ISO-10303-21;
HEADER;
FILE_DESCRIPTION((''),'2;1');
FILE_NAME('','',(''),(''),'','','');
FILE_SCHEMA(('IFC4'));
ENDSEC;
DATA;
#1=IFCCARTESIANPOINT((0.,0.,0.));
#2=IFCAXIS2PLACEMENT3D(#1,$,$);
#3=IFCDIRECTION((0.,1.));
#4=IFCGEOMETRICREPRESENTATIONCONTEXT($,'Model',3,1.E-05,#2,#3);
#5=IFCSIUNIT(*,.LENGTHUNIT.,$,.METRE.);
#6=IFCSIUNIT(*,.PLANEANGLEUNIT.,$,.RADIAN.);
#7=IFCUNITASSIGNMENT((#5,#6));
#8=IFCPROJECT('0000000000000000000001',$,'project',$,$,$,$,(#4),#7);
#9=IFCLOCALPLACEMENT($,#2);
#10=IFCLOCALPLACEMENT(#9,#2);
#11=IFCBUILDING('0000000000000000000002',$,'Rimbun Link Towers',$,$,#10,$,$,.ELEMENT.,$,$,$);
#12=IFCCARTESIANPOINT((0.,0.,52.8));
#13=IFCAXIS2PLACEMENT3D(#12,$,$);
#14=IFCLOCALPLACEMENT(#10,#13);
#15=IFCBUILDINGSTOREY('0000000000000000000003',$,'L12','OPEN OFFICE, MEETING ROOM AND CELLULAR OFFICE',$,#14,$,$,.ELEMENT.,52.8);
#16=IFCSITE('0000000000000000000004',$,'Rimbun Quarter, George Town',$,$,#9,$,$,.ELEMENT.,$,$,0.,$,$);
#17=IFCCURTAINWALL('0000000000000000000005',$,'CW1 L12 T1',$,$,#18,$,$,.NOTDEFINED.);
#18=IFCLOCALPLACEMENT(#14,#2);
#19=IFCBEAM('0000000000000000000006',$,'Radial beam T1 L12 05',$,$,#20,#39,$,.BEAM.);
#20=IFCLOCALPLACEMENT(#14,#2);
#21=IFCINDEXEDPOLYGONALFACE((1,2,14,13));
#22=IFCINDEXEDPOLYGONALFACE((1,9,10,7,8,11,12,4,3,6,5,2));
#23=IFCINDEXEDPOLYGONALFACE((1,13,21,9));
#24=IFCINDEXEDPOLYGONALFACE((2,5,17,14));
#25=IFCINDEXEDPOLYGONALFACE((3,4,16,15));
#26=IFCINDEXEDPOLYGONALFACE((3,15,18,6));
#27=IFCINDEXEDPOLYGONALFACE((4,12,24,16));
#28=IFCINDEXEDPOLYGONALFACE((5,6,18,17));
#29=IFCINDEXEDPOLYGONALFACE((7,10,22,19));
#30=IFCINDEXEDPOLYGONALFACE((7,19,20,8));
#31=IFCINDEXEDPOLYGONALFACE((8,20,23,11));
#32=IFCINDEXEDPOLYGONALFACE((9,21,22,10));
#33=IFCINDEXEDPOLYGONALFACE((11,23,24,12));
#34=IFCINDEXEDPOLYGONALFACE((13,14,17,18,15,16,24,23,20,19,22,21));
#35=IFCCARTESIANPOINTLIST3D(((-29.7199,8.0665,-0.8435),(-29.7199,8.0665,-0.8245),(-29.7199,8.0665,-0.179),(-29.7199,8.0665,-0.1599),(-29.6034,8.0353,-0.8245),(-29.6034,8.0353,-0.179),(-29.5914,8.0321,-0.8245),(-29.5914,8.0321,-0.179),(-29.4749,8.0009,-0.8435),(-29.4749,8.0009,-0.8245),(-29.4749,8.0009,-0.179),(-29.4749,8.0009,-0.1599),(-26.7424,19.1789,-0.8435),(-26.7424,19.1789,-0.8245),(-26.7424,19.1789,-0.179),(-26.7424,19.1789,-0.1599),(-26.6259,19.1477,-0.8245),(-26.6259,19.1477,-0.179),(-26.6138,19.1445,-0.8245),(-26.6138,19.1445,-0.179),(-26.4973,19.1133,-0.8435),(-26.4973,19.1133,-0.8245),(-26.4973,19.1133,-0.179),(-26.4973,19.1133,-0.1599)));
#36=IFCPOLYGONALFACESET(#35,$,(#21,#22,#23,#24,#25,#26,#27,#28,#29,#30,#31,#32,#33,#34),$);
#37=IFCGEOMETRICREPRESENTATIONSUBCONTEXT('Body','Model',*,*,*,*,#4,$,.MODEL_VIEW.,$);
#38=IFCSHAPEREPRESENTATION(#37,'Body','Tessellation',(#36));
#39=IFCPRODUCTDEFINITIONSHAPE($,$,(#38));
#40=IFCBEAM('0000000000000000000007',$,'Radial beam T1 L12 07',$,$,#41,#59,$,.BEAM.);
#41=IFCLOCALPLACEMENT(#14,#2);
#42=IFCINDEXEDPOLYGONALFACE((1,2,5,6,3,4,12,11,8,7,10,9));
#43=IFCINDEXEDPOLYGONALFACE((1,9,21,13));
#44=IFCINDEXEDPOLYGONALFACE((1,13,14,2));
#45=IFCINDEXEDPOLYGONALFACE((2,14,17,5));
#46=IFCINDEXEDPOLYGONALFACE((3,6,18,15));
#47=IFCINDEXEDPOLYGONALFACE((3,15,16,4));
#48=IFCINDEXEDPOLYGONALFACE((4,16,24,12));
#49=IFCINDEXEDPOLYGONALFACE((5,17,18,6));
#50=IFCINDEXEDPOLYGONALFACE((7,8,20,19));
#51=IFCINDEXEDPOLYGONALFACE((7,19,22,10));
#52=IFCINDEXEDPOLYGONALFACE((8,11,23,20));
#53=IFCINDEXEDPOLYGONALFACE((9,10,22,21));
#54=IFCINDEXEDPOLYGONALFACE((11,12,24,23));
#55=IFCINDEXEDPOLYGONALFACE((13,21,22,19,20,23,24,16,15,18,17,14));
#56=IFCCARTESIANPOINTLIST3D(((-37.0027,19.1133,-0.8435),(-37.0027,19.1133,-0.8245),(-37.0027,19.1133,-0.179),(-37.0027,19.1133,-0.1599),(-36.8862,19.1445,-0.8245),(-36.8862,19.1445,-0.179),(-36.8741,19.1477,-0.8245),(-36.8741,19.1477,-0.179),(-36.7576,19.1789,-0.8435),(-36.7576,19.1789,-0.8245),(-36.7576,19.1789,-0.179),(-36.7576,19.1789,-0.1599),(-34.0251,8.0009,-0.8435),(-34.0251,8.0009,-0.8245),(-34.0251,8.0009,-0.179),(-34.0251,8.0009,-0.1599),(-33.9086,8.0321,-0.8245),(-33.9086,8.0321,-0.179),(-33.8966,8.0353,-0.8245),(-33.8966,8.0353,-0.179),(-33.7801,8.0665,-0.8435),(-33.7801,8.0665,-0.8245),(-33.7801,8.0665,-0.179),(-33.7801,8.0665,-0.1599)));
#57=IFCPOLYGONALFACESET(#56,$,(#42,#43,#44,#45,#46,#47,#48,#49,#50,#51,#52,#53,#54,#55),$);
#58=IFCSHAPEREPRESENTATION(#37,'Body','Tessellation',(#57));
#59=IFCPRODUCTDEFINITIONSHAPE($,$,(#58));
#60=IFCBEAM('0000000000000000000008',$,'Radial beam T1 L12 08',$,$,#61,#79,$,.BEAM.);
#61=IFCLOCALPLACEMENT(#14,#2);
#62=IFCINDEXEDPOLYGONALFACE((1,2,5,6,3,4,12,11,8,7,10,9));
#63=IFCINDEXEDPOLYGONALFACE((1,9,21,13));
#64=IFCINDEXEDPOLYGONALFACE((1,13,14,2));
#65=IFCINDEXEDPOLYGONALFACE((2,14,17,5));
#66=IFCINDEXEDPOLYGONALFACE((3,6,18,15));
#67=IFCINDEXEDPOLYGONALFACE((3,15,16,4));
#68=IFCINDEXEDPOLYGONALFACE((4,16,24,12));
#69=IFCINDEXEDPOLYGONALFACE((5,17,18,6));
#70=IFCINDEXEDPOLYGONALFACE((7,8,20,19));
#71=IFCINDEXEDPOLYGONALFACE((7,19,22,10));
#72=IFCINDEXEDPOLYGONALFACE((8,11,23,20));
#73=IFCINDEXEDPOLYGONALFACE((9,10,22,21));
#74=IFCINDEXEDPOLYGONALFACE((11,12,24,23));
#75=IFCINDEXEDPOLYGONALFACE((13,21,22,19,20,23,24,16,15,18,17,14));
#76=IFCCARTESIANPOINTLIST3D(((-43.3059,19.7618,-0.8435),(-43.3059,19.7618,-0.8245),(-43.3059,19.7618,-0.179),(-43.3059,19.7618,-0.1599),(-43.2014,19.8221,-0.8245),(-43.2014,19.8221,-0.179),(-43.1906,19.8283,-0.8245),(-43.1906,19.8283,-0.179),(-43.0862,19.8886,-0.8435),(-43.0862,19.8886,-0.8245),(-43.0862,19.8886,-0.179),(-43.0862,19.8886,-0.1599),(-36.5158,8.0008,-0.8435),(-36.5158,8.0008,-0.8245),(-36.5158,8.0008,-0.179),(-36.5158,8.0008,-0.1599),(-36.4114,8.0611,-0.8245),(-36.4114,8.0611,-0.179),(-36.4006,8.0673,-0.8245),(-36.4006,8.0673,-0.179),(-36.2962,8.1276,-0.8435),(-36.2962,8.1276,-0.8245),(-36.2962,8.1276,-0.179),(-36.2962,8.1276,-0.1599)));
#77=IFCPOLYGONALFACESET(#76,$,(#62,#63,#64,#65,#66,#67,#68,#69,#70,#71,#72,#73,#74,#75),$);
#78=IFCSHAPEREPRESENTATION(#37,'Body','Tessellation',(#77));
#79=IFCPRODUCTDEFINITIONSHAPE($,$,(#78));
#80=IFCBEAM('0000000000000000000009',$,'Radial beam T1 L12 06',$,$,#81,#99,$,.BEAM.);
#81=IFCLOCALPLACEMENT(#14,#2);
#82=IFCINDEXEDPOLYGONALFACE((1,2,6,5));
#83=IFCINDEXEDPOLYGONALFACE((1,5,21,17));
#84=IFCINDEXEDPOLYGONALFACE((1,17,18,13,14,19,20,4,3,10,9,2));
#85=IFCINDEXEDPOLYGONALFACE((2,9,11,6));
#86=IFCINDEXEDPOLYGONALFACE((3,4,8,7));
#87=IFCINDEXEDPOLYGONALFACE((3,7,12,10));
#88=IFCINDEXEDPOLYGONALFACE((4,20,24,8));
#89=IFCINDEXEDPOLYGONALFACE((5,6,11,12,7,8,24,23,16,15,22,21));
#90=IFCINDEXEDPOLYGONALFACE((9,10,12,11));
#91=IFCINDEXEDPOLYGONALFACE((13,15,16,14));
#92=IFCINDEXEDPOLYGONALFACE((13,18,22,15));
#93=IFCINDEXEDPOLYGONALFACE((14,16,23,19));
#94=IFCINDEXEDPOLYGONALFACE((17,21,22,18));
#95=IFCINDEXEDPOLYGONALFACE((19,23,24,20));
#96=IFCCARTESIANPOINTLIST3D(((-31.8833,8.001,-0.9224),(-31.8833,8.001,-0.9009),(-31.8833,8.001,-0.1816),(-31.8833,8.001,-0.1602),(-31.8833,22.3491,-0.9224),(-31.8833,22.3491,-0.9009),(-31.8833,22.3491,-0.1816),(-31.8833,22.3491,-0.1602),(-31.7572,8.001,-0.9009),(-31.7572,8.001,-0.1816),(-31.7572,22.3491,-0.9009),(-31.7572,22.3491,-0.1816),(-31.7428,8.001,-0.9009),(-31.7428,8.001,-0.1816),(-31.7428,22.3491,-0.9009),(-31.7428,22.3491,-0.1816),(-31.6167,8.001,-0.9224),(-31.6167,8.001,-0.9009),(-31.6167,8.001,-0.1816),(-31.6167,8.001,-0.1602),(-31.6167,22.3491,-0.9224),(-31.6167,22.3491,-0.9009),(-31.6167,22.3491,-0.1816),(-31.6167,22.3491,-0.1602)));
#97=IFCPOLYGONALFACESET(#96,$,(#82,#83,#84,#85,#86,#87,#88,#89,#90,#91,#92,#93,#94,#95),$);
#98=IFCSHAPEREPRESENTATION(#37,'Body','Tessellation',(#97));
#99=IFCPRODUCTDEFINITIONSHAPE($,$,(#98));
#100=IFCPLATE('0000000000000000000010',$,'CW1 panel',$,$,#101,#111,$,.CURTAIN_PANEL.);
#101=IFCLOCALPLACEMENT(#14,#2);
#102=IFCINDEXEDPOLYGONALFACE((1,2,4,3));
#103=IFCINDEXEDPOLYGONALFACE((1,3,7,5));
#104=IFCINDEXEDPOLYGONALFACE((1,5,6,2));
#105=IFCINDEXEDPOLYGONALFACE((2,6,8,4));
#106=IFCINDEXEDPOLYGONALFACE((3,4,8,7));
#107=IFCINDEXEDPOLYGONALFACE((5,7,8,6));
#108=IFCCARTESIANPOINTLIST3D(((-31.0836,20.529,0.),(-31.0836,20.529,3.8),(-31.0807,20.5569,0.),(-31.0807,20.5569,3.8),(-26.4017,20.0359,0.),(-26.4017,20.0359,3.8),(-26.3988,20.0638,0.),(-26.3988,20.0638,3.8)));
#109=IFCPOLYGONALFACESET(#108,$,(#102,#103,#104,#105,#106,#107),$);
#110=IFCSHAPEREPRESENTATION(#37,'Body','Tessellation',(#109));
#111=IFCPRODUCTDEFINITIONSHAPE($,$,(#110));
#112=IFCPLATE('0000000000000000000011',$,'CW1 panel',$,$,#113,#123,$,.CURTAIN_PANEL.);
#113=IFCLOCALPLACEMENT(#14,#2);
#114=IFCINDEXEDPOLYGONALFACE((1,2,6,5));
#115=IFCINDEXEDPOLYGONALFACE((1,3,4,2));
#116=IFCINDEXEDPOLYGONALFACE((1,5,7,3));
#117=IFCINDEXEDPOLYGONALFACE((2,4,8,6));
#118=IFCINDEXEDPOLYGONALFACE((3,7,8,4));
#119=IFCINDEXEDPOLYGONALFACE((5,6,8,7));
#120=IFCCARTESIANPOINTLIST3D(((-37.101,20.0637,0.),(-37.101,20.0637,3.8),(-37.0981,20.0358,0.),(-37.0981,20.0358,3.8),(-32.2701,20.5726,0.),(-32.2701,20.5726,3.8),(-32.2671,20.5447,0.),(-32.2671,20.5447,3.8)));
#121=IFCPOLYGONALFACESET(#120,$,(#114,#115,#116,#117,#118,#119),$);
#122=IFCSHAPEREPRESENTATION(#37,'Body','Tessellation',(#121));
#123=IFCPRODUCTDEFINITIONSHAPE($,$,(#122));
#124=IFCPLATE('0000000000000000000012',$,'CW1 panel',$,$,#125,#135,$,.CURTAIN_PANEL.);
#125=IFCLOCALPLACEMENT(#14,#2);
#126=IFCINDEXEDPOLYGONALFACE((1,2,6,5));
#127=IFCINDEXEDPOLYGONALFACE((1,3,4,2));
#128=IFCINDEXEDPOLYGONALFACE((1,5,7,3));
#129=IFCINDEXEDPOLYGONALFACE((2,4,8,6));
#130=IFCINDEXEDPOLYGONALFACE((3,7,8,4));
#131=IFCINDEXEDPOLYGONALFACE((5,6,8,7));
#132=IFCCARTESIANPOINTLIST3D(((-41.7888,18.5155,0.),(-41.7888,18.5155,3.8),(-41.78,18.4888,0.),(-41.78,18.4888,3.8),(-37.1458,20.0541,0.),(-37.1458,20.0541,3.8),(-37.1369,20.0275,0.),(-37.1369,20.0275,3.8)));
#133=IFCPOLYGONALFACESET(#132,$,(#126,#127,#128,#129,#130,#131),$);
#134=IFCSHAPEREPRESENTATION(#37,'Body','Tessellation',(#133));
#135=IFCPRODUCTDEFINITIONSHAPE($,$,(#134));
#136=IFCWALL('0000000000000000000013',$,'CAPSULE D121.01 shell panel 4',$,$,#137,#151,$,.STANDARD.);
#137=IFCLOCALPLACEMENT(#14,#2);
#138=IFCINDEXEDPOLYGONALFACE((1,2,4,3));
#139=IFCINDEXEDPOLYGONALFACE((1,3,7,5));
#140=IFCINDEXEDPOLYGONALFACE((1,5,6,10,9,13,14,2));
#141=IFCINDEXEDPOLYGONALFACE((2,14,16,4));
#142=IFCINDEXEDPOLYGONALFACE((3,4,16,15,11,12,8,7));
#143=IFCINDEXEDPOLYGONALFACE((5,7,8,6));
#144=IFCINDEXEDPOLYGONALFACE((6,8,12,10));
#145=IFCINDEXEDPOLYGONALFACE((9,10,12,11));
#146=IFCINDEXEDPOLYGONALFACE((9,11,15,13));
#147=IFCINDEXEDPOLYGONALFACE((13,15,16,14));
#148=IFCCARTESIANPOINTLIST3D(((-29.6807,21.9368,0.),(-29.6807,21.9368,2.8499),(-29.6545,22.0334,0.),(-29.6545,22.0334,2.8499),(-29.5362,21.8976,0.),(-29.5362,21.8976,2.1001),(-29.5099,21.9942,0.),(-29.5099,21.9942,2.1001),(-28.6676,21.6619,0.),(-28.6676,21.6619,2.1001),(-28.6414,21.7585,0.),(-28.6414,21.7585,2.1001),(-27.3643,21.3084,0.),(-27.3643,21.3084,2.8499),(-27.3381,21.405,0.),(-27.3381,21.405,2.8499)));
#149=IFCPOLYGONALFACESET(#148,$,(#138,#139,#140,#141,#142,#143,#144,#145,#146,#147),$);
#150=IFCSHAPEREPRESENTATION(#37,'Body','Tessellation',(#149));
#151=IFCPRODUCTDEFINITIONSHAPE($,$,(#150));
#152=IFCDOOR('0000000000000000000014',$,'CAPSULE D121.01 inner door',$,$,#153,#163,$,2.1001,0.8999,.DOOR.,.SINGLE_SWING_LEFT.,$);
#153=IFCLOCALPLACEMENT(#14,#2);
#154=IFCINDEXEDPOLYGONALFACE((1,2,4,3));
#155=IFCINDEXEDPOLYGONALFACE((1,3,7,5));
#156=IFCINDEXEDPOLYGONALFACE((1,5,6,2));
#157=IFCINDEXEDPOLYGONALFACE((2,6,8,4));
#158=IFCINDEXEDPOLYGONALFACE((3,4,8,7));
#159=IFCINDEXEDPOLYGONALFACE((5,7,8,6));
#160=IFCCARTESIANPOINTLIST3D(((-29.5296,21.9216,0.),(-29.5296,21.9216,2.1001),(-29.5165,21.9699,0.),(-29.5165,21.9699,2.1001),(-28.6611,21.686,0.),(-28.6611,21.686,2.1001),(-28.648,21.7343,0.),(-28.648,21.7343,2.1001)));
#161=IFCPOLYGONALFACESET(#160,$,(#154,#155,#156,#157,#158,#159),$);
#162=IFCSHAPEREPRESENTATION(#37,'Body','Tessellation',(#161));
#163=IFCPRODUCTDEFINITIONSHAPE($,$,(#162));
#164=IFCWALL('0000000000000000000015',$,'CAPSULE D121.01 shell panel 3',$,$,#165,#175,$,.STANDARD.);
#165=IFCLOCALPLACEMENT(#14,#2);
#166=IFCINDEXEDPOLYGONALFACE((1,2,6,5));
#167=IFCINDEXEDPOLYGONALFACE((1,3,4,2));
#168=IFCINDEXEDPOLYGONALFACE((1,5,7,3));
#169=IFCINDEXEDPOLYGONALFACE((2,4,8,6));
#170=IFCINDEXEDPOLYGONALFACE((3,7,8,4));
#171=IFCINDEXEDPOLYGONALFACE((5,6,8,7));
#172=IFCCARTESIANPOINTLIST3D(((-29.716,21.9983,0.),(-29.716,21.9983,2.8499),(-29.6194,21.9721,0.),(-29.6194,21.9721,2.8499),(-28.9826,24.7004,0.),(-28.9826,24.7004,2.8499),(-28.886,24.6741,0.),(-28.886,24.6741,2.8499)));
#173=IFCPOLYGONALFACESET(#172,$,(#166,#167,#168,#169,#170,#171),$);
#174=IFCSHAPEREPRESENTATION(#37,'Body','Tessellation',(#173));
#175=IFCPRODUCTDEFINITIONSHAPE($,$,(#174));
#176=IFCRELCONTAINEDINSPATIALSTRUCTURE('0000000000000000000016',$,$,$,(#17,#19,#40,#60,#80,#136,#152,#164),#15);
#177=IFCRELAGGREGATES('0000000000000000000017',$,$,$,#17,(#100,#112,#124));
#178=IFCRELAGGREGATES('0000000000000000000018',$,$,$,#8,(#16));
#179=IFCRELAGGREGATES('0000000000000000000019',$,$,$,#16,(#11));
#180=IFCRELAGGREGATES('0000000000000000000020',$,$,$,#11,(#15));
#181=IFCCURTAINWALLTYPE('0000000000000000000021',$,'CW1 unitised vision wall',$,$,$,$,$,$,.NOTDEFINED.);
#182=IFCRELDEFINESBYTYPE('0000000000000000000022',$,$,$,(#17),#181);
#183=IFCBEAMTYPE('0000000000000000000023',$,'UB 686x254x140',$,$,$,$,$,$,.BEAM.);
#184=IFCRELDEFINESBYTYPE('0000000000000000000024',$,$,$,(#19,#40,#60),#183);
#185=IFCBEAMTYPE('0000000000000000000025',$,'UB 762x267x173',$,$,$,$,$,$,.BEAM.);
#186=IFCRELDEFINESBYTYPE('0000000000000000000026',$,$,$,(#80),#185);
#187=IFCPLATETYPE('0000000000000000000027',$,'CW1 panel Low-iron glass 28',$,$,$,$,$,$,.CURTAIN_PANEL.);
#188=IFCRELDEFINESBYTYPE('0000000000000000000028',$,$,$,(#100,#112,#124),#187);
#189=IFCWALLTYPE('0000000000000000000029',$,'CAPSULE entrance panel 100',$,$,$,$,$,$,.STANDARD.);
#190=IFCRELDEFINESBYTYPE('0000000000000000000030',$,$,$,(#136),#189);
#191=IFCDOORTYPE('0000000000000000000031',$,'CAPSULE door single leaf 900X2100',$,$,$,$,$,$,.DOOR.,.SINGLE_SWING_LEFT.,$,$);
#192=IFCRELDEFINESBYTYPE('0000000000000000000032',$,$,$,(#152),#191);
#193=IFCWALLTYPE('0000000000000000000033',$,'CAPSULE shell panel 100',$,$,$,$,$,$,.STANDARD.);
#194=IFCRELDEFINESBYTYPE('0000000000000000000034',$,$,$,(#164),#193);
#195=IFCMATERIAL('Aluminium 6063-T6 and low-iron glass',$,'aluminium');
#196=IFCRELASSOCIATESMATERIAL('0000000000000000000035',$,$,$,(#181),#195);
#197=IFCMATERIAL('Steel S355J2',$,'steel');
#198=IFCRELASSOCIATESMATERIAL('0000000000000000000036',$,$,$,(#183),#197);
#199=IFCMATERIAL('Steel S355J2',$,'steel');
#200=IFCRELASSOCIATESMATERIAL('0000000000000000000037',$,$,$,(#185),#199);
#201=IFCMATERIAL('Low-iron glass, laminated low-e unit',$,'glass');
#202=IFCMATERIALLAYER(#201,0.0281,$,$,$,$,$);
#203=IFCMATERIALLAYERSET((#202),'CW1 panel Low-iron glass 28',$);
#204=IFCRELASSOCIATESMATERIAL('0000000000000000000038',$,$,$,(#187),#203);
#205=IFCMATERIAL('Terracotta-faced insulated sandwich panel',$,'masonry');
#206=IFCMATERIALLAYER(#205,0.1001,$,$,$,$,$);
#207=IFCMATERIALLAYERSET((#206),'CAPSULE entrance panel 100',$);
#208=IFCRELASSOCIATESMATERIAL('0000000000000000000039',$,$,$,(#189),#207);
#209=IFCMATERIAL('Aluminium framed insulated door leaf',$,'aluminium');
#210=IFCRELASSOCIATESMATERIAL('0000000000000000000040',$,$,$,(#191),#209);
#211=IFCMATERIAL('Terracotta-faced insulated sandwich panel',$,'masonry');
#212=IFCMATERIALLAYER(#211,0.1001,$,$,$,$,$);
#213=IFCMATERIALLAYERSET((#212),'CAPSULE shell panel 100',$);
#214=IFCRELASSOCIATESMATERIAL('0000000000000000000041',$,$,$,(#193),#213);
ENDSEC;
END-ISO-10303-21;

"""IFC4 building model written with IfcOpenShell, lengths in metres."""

from ifc_helpers import new_model, si_unit, direction, frame, frame_2d, origin, origin_2d, place, context, subcontext, project, spatial, rectangle, i_section, extrude, material, layer, layer_set, material_profile, profile_set, type_object, element, fill, aggregate, save


model = new_model("IFC4")

# Units and contexts
model_context = context("Model", 3, precision=1e-05, world=origin(), true_north=direction((0.0, 1.0)))
body_context = subcontext(model_context, "Body", "Model", "MODEL_VIEW")
ifc_project = project(units=[si_unit("LENGTHUNIT", "METRE"), si_unit("PLANEANGLEUNIT", "RADIAN")], contexts=[model_context])

# Site, building, storey
site_placement = place(None, origin())
site = spatial("IfcSite", under=ifc_project, at=site_placement, Name="Rimbun Quarter, George Town", CompositionType="ELEMENT", RefElevation=0.0)
building_placement = place(site_placement, origin())
building = spatial("IfcBuilding", under=site, at=building_placement, Name="Rimbun Link Towers", CompositionType="ELEMENT")
storey_placement = place(building_placement, frame((0.0, 0.0, 52.8)))
storey = spatial("IfcBuildingStorey", under=building, at=storey_placement, Name="L12", Description="OPEN OFFICE, MEETING ROOM AND CELLULAR OFFICE", CompositionType="ELEMENT", Elevation=52.8)

# Curtain wall
ifc_material_1 = material(Name="Aluminium 6063-T6 and low-iron glass", Category="aluminium")
curtain_wall_type = type_object("IfcCurtainWallType", Name="CW1 unitised vision wall", PredefinedType="NOTDEFINED", material=ifc_material_1)
curtain_wall_placement = place(storey_placement, origin())
curtain_wall = element("IfcCurtainWall", 1, at=curtain_wall_placement, inside=storey, type_object=curtain_wall_type, Name="CW1 L12 T1", PredefinedType="NOTDEFINED")

# Beams
ifc_material_2 = material(Name="Steel S355J2", Category="steel")
ifc_material_profile_1 = material_profile(ifc_material_2, i_section(OverallWidth=0.2537, OverallDepth=0.6836, WebThickness=0.0125, FlangeThickness=0.019, at=origin_2d()), Name="UB 686x254x140")
ifc_profile_set_1 = profile_set([ifc_material_profile_1], Name="Steel S355J2")
beam_type_1 = type_object("IfcBeamType", Name="UB 686x254x140", PredefinedType="BEAM", material=ifc_profile_set_1)
for number, where, z_axis, x_axis, name in (
    (2, (-29.5974, 8.0337, -0.5017), (0.25882, 0.965926, 0.0), (-0.965926, 0.25882, 0.0), "Radial beam T1 L12 05"),
    (3, (-33.9026, 8.0337, -0.5017), (-0.25882, 0.965926, 0.0), (-0.965926, -0.25882, 0.0), "Radial beam T1 L12 07"),
):
    element("IfcBeam", number, at=place(storey_placement, frame(where, z_axis=z_axis, x_axis=x_axis)), inside=storey, type_object=beam_type_1, Name=name, PredefinedType="BEAM", context=body_context, shape_type="SweptSolid", body=[
        extrude(i_section(OverallWidth=0.2537, OverallDepth=0.6836, WebThickness=0.0125, FlangeThickness=0.019, at=origin_2d()), origin(), (0.0, 0.0, 1.0), 11.5044),
    ])
beam_1_placement = place(storey_placement, frame((-36.406, 8.0642, -0.5017), z_axis=(-0.499991, 0.866031, 0.0), x_axis=(-0.866031, -0.499991, 0.0)))
element("IfcBeam", 4, at=beam_1_placement, inside=storey, type_object=beam_type_1, Name="Radial beam T1 L12 08", PredefinedType="BEAM", context=body_context, shape_type="SweptSolid", body=[
    extrude(i_section(OverallWidth=0.2537, OverallDepth=0.6836, WebThickness=0.0125, FlangeThickness=0.019, at=origin_2d()), origin(), (0.0, 0.0, 1.0), 13.5803),
])
ifc_material_3 = material(Name="Steel S355J2", Category="steel")
ifc_material_profile_2 = material_profile(ifc_material_3, i_section(OverallWidth=0.2666, OverallDepth=0.7622, WebThickness=0.0144, FlangeThickness=0.0215, at=origin_2d()), Name="UB 762x267x173")
ifc_profile_set_2 = profile_set([ifc_material_profile_2], Name="Steel S355J2")
beam_type_2 = type_object("IfcBeamType", Name="UB 762x267x173", PredefinedType="BEAM", material=ifc_profile_set_2)
beam_2_placement = place(storey_placement, frame((-31.75, 8.001, -0.5413), z_axis=(0.0, 1.0, 0.0), x_axis=(-1.0, 0.0, 0.0)))
element("IfcBeam", 5, at=beam_2_placement, inside=storey, type_object=beam_type_2, Name="Radial beam T1 L12 06", PredefinedType="BEAM", context=body_context, shape_type="SweptSolid", body=[
    extrude(i_section(OverallWidth=0.2666, OverallDepth=0.7622, WebThickness=0.0144, FlangeThickness=0.0215, at=origin_2d()), origin(), (0.0, 0.0, 1.0), 14.3481),
])

# Plates
ifc_material_4 = material(Name="Low-iron glass, laminated low-e unit", Category="glass")
ifc_layer_1 = layer(ifc_material_4, 0.0281)
ifc_layer_set_1 = layer_set([ifc_layer_1], Name="CW1 panel Low-iron glass 28")
plate_type = type_object("IfcPlateType", Name="CW1 panel Low-iron glass 28", PredefinedType="CURTAIN_PANEL", material=ifc_layer_set_1)
plate_1_placement = place(storey_placement, frame((-28.7412, 20.2964, 0.0), z_axis=(0.0, 0.0, 1.0), x_axis=(0.994499, -0.104748, 0.0)))
plate_1 = element("IfcPlate", 6, at=plate_1_placement, type_object=plate_type, Name="CW1 panel", PredefinedType="CURTAIN_PANEL", context=body_context, shape_type="SweptSolid", body=[
    extrude(rectangle(XDim=4.7078, YDim=0.0281, at=origin_2d()), origin(), (0.0, 0.0, 1.0), 3.8),
])
plate_2_placement = place(storey_placement, frame((-34.6841, 20.3042, 0.0), z_axis=(0.0, 0.0, 1.0), x_axis=(0.994499, 0.104748, 0.0)))
plate_2 = element("IfcPlate", 7, at=plate_2_placement, type_object=plate_type, Name="CW1 panel", PredefinedType="CURTAIN_PANEL", context=body_context, shape_type="SweptSolid", body=[
    extrude(rectangle(XDim=4.8577, YDim=0.0281, at=origin_2d()), origin(), (0.0, 0.0, 1.0), 3.8),
])
plate_3_placement = place(storey_placement, frame((-39.4629, 19.2715, 0.0), z_axis=(0.0, 0.0, 1.0), x_axis=(0.949236, 0.314563, 0.0)))
plate_3 = element("IfcPlate", 8, at=plate_3_placement, type_object=plate_type, Name="CW1 panel", PredefinedType="CURTAIN_PANEL", context=body_context, shape_type="SweptSolid", body=[
    extrude(rectangle(XDim=4.8914, YDim=0.0281, at=origin_2d()), origin(), (0.0, 0.0, 1.0), 3.8),
])
aggregate(curtain_wall, [plate_1, plate_2, plate_3])

# Wall, opening, door
ifc_material_5 = material(Name="Terracotta-faced insulated sandwich panel", Category="masonry")
ifc_layer_2 = layer(ifc_material_5, 0.1001)
ifc_layer_set_2 = layer_set([ifc_layer_2], Name="CAPSULE entrance panel 100")
wall_type_1 = type_object("IfcWallType", Name="CAPSULE entrance panel 100", PredefinedType="STANDARD", material=ifc_layer_set_2)
wall_1_placement = place(storey_placement, frame((-29.6677, 21.9851, 0.0), z_axis=(0.0, 0.0, 1.0), x_axis=(0.965115, -0.261826, 0.0)))
wall_1 = element("IfcWall", 9, at=wall_1_placement, inside=storey, type_object=wall_type_1, Name="CAPSULE D121.01 shell panel 4", PredefinedType="STANDARD", context=body_context, shape_type="SweptSolid", body=[
    extrude(rectangle(XDim=2.4001, YDim=0.1001, at=frame_2d((1.2002, 0.0))), origin(), (0.0, 0.0, 1.0), 2.8499),
])
opening_1_placement = place(wall_1_placement, frame((0.1499, 0.0, 0.0)))
opening_1 = element("IfcOpeningElement", 10, at=opening_1_placement, cuts=wall_1, PredefinedType="OPENING", context=body_context, shape_type="SweptSolid", body=[
    extrude(rectangle(XDim=0.8999, YDim=2.1001, at=frame_2d((0.45, 1.05))), frame((0.0, 0.0601, 0.0), z_axis=(0.0, -1.0, 0.0), x_axis=(1.0, 0.0, 0.0)), (0.0, 0.0, 1.0), 0.1201),
])
ifc_material_6 = material(Name="Aluminium framed insulated door leaf", Category="aluminium")
door_type_1 = type_object("IfcDoorType", Name="CAPSULE door single leaf 900X2100", OperationType="SINGLE_SWING_LEFT", PredefinedType="DOOR", material=ifc_material_6)
door_1_placement = place(opening_1_placement, origin())
door_1 = element("IfcDoor", 11, at=door_1_placement, inside=storey, type_object=door_type_1, Name="CAPSULE D121.01 inner door", OperationType="SINGLE_SWING_LEFT", OverallHeight=2.1001, OverallWidth=0.8999, PredefinedType="DOOR", context=body_context, shape_type="SweptSolid", body=[
    extrude(rectangle(XDim=0.8999, YDim=2.1001, at=frame_2d((0.45, 1.05))), frame((0.0, 0.0249, 0.0), z_axis=(0.0, -1.0, 0.0), x_axis=(1.0, 0.0, 0.0)), (0.0, 0.0, 1.0), 0.05),
])
fill(opening_1, door_1)

# Wall
ifc_material_7 = material(Name="Terracotta-faced insulated sandwich panel", Category="masonry")
ifc_layer_3 = layer(ifc_material_7, 0.1001)
ifc_layer_set_3 = layer_set([ifc_layer_3], Name="CAPSULE shell panel 100")
wall_type_2 = type_object("IfcWallType", Name="CAPSULE shell panel 100", PredefinedType="STANDARD", material=ifc_layer_set_3)
wall_2_placement = place(storey_placement, frame((-28.9343, 24.6873, 0.0), z_axis=(0.0, 0.0, 1.0), x_axis=(-0.261937, -0.965085, 0.0)))
element("IfcWall", 12, at=wall_2_placement, inside=storey, type_object=wall_type_2, Name="CAPSULE D121.01 shell panel 3", PredefinedType="STANDARD", context=body_context, shape_type="SweptSolid", body=[
    extrude(rectangle(XDim=2.7998, YDim=0.1001, at=frame_2d((1.3999, 0.0))), origin(), (0.0, 0.0, 1.0), 2.8499),
])

save(model, "model.ifc")
